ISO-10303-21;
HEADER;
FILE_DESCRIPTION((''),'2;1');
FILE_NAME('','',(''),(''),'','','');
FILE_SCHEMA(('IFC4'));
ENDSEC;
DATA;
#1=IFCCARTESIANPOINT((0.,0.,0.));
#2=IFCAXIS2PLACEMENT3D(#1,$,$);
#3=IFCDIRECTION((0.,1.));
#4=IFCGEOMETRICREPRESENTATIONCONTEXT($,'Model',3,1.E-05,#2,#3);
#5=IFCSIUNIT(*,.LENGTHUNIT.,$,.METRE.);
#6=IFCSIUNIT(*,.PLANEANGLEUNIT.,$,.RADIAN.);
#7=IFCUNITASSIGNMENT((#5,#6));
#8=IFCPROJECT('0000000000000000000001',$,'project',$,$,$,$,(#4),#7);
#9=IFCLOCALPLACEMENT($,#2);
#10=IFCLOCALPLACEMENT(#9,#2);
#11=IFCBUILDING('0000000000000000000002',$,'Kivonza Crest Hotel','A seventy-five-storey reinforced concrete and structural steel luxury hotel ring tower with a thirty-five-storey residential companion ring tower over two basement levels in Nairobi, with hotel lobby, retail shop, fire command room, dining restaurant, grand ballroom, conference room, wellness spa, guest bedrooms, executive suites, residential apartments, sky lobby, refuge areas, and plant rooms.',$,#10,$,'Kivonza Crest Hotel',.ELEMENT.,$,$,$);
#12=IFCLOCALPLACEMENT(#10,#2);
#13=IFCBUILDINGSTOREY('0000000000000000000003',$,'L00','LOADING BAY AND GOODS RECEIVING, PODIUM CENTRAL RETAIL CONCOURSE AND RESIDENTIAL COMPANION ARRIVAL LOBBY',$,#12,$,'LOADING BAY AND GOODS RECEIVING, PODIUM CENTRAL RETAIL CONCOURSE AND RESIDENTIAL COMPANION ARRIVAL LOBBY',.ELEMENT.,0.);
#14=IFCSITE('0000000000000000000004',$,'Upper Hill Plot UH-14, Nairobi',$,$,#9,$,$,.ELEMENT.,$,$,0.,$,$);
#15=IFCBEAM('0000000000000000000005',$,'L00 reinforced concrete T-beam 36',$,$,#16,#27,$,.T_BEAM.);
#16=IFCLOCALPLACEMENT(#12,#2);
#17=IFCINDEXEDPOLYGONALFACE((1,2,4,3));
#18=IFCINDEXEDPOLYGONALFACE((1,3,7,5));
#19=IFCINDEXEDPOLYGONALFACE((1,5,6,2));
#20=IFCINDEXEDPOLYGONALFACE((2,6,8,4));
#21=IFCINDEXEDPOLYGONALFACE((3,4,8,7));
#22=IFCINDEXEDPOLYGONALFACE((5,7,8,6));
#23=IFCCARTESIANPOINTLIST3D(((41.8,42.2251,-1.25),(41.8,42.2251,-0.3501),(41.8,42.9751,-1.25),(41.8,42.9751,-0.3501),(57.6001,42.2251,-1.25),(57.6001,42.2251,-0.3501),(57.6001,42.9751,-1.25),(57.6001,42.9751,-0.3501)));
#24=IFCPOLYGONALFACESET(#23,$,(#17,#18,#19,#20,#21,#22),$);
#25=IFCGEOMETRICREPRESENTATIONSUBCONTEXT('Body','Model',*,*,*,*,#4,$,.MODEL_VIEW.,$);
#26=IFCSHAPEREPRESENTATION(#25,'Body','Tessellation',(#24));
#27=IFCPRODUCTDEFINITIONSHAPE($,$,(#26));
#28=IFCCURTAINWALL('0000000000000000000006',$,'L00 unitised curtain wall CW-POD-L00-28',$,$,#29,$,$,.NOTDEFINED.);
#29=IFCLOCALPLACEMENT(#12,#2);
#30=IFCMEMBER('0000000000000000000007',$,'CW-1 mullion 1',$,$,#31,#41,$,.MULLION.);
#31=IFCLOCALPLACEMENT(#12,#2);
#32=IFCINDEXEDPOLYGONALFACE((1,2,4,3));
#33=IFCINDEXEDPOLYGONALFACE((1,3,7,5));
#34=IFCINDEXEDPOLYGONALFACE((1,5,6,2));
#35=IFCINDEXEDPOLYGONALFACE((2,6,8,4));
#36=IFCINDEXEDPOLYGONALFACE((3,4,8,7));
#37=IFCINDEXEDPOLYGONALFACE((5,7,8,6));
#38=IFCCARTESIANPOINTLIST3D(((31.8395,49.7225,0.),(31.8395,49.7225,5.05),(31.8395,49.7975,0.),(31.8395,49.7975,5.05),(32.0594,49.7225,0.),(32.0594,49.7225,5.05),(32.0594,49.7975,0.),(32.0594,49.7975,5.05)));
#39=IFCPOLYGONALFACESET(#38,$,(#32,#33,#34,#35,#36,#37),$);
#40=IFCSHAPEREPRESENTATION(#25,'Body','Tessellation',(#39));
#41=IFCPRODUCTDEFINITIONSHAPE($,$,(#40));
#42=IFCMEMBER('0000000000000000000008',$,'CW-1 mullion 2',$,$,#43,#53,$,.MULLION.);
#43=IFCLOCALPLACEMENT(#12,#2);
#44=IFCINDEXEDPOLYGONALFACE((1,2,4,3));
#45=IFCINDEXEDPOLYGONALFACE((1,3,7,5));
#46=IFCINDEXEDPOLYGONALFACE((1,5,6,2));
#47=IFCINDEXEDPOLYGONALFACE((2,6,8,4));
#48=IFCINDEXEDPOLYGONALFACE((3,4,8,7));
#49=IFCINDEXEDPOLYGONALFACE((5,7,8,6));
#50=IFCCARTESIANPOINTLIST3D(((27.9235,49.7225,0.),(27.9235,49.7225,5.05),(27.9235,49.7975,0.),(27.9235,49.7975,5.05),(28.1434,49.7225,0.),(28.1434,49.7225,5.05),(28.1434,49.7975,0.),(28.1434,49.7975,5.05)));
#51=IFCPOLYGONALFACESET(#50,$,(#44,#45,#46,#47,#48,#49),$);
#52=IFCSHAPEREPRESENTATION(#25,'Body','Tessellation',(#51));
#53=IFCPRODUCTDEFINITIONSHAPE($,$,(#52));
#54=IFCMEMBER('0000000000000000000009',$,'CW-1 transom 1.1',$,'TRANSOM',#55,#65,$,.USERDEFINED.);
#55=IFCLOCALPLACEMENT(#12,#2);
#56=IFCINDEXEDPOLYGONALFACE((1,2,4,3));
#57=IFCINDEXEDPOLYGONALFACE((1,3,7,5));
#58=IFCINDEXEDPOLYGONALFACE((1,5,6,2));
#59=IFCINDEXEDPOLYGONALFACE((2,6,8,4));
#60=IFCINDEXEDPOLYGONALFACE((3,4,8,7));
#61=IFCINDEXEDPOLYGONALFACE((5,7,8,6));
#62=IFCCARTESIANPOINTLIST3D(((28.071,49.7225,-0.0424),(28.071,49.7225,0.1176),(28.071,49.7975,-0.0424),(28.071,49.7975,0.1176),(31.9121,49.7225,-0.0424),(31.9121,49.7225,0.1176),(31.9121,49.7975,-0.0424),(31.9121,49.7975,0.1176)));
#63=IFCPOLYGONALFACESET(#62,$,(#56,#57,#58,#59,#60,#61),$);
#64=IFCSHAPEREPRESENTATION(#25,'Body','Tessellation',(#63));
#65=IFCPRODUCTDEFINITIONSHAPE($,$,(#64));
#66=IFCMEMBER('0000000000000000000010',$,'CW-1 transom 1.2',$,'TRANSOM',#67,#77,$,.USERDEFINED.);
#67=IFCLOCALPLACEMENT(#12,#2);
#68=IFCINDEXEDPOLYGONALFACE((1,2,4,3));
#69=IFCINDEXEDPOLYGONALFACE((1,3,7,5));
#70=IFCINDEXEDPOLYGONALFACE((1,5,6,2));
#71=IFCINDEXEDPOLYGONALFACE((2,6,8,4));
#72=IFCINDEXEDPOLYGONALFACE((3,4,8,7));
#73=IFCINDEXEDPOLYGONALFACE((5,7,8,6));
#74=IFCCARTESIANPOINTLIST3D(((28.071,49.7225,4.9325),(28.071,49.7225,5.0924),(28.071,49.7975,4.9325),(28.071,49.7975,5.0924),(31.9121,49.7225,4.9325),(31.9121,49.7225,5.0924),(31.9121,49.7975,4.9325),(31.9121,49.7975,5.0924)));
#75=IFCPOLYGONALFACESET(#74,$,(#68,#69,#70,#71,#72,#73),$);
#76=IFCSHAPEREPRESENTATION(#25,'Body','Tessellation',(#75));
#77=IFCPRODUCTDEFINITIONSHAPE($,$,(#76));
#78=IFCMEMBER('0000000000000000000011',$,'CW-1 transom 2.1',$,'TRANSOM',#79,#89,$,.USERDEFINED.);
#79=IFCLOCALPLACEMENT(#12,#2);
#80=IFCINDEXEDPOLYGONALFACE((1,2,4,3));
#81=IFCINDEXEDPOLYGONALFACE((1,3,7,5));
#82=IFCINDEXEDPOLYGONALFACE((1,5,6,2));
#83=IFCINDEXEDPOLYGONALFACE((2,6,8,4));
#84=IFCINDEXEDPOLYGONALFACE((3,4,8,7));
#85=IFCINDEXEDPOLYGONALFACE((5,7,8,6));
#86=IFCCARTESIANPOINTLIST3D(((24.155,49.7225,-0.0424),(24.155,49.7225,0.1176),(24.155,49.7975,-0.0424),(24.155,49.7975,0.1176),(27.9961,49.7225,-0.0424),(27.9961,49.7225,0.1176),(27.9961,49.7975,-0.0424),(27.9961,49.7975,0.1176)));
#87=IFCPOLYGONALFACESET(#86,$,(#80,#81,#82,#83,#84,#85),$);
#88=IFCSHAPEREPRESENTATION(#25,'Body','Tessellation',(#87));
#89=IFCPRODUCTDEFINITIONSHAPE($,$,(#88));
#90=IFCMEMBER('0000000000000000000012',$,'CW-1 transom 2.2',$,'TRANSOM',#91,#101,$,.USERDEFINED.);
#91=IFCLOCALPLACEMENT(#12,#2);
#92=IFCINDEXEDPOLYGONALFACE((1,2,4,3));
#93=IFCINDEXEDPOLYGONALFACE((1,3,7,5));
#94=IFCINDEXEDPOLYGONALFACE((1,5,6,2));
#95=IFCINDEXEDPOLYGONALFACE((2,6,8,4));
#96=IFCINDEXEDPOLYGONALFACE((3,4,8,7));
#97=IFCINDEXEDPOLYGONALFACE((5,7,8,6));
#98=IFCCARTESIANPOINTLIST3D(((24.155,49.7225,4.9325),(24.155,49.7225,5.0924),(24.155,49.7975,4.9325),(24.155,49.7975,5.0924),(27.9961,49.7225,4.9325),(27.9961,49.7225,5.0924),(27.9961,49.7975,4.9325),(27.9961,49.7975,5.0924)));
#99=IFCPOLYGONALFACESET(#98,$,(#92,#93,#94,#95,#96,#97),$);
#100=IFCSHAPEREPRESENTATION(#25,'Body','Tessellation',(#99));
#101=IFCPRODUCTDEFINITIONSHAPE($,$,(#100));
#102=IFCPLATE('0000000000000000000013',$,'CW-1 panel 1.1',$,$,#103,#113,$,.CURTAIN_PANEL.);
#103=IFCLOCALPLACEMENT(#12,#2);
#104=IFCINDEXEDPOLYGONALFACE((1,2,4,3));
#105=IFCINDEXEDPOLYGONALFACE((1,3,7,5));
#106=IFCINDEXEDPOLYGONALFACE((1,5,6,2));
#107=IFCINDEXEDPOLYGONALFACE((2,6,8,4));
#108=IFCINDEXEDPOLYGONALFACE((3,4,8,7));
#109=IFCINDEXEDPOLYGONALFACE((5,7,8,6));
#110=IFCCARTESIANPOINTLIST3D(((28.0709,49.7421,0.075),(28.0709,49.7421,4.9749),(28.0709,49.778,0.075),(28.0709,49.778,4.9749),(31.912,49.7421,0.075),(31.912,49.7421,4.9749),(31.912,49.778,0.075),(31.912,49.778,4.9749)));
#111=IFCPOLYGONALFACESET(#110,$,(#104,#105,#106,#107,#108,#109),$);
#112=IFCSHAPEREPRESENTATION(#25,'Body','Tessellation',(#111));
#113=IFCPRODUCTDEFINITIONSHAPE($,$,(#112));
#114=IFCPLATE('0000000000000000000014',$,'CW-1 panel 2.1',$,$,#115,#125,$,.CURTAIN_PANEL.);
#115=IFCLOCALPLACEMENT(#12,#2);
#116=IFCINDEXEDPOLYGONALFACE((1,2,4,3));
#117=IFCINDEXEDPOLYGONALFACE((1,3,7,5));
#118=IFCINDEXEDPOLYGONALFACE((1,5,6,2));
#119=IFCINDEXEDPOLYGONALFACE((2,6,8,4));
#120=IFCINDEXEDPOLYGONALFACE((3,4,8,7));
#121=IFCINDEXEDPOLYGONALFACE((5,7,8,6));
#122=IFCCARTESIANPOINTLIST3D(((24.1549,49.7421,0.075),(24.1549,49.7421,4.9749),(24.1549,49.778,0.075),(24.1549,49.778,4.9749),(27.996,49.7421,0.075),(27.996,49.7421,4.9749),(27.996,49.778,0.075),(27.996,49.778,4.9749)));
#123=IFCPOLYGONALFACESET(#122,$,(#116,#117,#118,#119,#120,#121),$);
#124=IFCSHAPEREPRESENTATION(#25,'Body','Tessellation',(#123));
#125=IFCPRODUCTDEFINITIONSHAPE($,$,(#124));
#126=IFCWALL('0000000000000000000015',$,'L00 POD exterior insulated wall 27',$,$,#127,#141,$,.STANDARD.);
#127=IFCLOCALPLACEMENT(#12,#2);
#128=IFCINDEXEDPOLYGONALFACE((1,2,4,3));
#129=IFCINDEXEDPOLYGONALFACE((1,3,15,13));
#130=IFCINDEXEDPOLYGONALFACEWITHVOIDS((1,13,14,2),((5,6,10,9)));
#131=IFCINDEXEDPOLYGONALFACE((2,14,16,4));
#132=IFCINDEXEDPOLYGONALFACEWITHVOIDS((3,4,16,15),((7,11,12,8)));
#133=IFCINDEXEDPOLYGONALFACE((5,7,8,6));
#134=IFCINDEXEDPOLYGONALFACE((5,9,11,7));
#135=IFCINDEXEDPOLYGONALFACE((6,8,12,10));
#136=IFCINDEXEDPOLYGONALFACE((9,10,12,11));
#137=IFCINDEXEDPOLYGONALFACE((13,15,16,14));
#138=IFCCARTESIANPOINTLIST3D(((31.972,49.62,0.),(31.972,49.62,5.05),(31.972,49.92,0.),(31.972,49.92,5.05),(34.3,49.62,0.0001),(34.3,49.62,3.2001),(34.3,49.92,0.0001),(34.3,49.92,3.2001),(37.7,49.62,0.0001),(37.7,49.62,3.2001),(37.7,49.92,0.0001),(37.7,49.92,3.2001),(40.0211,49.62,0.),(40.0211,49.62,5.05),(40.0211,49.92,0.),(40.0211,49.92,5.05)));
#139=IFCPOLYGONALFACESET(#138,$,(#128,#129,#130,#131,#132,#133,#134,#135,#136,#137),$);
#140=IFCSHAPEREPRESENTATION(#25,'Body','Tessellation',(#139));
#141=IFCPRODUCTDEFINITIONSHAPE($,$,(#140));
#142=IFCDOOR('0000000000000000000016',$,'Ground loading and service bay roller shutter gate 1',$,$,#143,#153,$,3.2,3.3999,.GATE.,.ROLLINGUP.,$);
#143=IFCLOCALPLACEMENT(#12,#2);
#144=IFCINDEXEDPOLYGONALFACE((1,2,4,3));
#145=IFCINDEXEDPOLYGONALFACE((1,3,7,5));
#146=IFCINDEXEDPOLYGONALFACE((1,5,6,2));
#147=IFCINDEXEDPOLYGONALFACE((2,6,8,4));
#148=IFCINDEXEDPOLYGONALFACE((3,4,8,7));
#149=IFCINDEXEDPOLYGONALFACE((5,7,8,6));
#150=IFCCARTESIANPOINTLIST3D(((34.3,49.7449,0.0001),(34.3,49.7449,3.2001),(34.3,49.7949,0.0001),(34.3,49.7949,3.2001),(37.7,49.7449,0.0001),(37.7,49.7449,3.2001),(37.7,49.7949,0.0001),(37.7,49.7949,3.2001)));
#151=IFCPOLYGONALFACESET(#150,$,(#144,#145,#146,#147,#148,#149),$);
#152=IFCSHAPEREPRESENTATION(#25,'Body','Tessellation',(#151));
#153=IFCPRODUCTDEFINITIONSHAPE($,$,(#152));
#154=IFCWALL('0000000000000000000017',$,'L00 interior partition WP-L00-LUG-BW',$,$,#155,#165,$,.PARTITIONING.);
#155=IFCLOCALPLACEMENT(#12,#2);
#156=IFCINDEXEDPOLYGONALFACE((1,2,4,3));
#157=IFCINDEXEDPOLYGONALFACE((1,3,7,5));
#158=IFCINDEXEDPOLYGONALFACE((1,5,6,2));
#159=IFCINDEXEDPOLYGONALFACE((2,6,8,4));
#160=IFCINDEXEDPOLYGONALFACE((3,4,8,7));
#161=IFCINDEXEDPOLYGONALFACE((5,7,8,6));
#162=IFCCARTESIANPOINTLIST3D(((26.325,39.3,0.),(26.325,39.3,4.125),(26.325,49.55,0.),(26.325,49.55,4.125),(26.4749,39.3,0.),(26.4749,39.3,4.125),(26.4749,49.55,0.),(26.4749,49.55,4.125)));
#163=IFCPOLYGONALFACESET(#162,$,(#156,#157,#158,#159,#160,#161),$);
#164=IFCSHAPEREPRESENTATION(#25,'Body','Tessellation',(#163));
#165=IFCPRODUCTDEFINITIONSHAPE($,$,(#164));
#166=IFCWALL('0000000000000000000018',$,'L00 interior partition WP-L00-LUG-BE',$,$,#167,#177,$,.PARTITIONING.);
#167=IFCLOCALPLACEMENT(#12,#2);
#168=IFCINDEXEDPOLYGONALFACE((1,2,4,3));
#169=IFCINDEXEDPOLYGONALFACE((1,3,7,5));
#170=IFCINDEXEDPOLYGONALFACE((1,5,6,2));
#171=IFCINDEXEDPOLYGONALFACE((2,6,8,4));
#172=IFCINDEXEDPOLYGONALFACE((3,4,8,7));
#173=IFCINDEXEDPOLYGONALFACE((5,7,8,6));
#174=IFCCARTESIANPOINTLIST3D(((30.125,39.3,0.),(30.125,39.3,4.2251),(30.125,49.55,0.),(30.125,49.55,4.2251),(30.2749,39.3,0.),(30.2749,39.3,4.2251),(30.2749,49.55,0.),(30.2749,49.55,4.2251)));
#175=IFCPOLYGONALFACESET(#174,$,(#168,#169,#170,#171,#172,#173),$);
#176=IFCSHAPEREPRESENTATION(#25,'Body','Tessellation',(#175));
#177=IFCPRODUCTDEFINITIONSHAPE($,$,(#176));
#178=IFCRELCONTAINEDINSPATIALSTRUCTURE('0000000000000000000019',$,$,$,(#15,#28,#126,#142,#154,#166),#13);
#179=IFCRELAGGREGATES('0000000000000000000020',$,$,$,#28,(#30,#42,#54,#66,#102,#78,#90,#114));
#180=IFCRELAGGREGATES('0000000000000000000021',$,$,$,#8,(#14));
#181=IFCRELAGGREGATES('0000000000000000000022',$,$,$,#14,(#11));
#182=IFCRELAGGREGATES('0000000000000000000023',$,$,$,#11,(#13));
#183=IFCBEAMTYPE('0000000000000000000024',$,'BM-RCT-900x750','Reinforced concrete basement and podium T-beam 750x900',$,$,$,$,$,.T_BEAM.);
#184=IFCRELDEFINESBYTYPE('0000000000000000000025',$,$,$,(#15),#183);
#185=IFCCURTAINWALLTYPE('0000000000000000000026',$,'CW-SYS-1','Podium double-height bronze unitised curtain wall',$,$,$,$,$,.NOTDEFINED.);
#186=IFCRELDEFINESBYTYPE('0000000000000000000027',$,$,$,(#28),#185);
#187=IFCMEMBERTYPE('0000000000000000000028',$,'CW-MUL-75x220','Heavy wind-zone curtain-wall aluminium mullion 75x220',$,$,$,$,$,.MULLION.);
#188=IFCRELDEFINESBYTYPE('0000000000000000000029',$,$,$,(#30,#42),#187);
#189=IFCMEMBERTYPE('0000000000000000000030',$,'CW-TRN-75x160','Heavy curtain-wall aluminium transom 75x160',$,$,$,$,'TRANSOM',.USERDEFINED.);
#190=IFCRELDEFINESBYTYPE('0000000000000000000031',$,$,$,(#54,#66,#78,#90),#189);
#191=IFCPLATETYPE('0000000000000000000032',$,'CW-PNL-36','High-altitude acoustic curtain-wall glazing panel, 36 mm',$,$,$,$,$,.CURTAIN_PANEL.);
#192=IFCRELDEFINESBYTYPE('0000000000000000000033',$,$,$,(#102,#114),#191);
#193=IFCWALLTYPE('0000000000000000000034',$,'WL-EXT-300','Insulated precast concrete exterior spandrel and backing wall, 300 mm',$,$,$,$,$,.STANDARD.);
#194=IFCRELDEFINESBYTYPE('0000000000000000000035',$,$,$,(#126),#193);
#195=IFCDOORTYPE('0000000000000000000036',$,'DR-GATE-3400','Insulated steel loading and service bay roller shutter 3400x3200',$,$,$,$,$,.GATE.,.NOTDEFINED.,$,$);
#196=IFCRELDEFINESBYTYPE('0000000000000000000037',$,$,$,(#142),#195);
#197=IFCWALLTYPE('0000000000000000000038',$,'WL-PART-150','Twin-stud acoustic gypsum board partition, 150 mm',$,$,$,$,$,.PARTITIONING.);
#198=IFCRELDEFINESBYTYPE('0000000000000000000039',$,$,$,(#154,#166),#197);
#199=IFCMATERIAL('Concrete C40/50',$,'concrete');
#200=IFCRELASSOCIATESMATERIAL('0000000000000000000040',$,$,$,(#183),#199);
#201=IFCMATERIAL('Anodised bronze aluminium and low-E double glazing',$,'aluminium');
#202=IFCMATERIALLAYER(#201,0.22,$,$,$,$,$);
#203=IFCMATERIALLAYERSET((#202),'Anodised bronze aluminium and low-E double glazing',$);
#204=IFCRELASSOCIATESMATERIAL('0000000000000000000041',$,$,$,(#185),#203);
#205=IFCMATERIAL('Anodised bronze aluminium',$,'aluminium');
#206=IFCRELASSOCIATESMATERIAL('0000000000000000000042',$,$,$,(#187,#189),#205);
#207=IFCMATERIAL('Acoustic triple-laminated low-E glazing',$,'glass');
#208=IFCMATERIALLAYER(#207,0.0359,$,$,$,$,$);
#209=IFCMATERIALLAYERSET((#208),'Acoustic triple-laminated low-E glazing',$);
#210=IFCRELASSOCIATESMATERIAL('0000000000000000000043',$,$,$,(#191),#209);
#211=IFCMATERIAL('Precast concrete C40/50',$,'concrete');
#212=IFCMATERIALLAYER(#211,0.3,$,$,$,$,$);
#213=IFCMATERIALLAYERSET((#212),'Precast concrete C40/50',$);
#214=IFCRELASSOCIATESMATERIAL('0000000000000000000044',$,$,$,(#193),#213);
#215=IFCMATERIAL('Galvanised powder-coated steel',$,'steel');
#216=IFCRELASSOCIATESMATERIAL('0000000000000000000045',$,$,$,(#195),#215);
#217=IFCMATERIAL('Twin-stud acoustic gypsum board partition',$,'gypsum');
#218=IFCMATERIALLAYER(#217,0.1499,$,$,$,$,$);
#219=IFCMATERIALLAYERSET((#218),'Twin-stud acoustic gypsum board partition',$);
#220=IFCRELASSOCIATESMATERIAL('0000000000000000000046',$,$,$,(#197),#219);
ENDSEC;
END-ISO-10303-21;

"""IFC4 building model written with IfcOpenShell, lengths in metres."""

from ifc_helpers import new_model, si_unit, direction, frame, frame_2d, origin, origin_2d, place, context, subcontext, project, spatial, rectangle, extrude, material, layer, layer_set, material_profile, profile_set, type_object, element, fill, aggregate, save


model = new_model("IFC4")

# Units and contexts
model_context = context("Model", 3, precision=1e-05, world=origin(), true_north=direction((0.0, 1.0)))
body_context = subcontext(model_context, "Body", "Model", "MODEL_VIEW")
ifc_project = project(units=[si_unit("LENGTHUNIT", "METRE"), si_unit("PLANEANGLEUNIT", "RADIAN")], contexts=[model_context])

# Site, building, storey
site_placement = place(None, origin())
site = spatial("IfcSite", under=ifc_project, at=site_placement, Name="Upper Hill Plot UH-14, Nairobi", CompositionType="ELEMENT", RefElevation=0.0)
building_placement = place(site_placement, origin())
building = spatial("IfcBuilding", under=site, at=building_placement, Name="Kivonza Crest Hotel", Description="A seventy-five-storey reinforced concrete and structural steel luxury hotel ring tower with a thirty-five-storey residential companion ring tower over two basement levels in Nairobi, with hotel lobby, retail shop, fire command room, dining restaurant, grand ballroom, conference room, wellness spa, guest bedrooms, executive suites, residential apartments, sky lobby, refuge areas, and plant rooms.", LongName="Kivonza Crest Hotel", CompositionType="ELEMENT")
storey_placement = place(building_placement, origin())
storey = spatial("IfcBuildingStorey", under=building, at=storey_placement, Name="L00", Description="LOADING BAY AND GOODS RECEIVING, PODIUM CENTRAL RETAIL CONCOURSE AND RESIDENTIAL COMPANION ARRIVAL LOBBY", LongName="LOADING BAY AND GOODS RECEIVING, PODIUM CENTRAL RETAIL CONCOURSE AND RESIDENTIAL COMPANION ARRIVAL LOBBY", CompositionType="ELEMENT", Elevation=0.0)

# Beam
ifc_material_1 = material(Name="Concrete C40/50", Category="concrete")
ifc_material_profile_1 = material_profile(ifc_material_1, rectangle(XDim=0.75, YDim=0.8999, at=origin_2d()), Name="RC 900x750")
ifc_profile_set_1 = profile_set([ifc_material_profile_1], Name="Concrete C40/50")
beam_type_1 = type_object("IfcBeamType", Name="BM-RCT-900x750", Description="Reinforced concrete basement and podium T-beam 750x900", PredefinedType="T_BEAM", material=ifc_profile_set_1)
beam_1_placement = place(storey_placement, frame((41.8, 42.6001, -0.8), z_axis=(1.0, 0.0, 0.0), x_axis=(0.0, 1.0, 0.0)))
element("IfcBeam", 1, at=beam_1_placement, inside=storey, type_object=beam_type_1, Name="L00 reinforced concrete T-beam 36", PredefinedType="T_BEAM", context=body_context, shape_type="SweptSolid", body=[
    extrude(rectangle(XDim=0.75, YDim=0.8999, at=origin_2d()), origin(), (0.0, 0.0, 1.0), 15.8),
])

# Curtain wall, members, plates
ifc_material_2 = material(Name="Anodised bronze aluminium and low-E double glazing", Category="aluminium")
ifc_layer_1 = layer(ifc_material_2, 0.22)
ifc_layer_set_1 = layer_set([ifc_layer_1], Name="Anodised bronze aluminium and low-E double glazing")
curtain_wall_type = type_object("IfcCurtainWallType", Name="CW-SYS-1", Description="Podium double-height bronze unitised curtain wall", PredefinedType="NOTDEFINED", material=ifc_layer_set_1)
curtain_wall_placement = place(storey_placement, origin())
curtain_wall = element("IfcCurtainWall", 2, at=curtain_wall_placement, inside=storey, type_object=curtain_wall_type, Name="L00 unitised curtain wall CW-POD-L00-28", PredefinedType="NOTDEFINED")
ifc_material_3 = material(Name="Anodised bronze aluminium", Category="aluminium")
ifc_material_profile_2 = material_profile(ifc_material_3, rectangle(XDim=0.075, YDim=0.22, at=origin_2d()), Name="CW-M 75x220")
ifc_profile_set_2 = profile_set([ifc_material_profile_2], Name="Anodised bronze aluminium")
member_type_1 = type_object("IfcMemberType", Name="CW-MUL-75x220", Description="Heavy wind-zone curtain-wall aluminium mullion 75x220", PredefinedType="MULLION", material=ifc_profile_set_2)
member_1_placement = place(storey_placement, frame((31.9495, 49.76, 0.0), z_axis=(0.0, 0.0, 1.0), x_axis=(0.0, -1.0, 0.0)))
member_1 = element("IfcMember", 3, at=member_1_placement, type_object=member_type_1, Name="CW-1 mullion 1", PredefinedType="MULLION", context=body_context, shape_type="SweptSolid", body=[
    extrude(rectangle(XDim=0.075, YDim=0.22, at=origin_2d()), origin(), (0.0, 0.0, 1.0), 5.05),
])
member_2_placement = place(storey_placement, frame((28.0334, 49.76, 0.0), z_axis=(0.0, 0.0, 1.0), x_axis=(0.0, -1.0, 0.0)))
member_2 = element("IfcMember", 4, at=member_2_placement, type_object=member_type_1, Name="CW-1 mullion 2", PredefinedType="MULLION", context=body_context, shape_type="SweptSolid", body=[
    extrude(rectangle(XDim=0.075, YDim=0.22, at=origin_2d()), origin(), (0.0, 0.0, 1.0), 5.05),
])
ifc_material_profile_3 = material_profile(ifc_material_3, rectangle(XDim=0.075, YDim=0.1599, at=origin_2d()), Name="CW-T 75x160")
ifc_profile_set_3 = profile_set([ifc_material_profile_3], Name="Anodised bronze aluminium")
member_type_2 = type_object("IfcMemberType", Name="CW-TRN-75x160", Description="Heavy curtain-wall aluminium transom 75x160", ElementType="TRANSOM", PredefinedType="USERDEFINED", material=ifc_profile_set_3)
member_3_placement = place(storey_placement, frame((31.9121, 49.76, 0.0376), z_axis=(-1.0, 0.0, 0.0), x_axis=(0.0, -1.0, 0.0)))
member_3 = element("IfcMember", 5, at=member_3_placement, type_object=member_type_2, Name="CW-1 transom 1.1", ObjectType="TRANSOM", PredefinedType="USERDEFINED", context=body_context, shape_type="SweptSolid", body=[
    extrude(rectangle(XDim=0.075, YDim=0.1599, at=origin_2d()), origin(), (0.0, 0.0, 1.0), 3.8411),
])
member_4_placement = place(storey_placement, frame((31.9121, 49.76, 5.0125), z_axis=(-1.0, 0.0, 0.0), x_axis=(0.0, -1.0, 0.0)))
member_4 = element("IfcMember", 6, at=member_4_placement, type_object=member_type_2, Name="CW-1 transom 1.2", ObjectType="TRANSOM", PredefinedType="USERDEFINED", context=body_context, shape_type="SweptSolid", body=[
    extrude(rectangle(XDim=0.075, YDim=0.1599, at=origin_2d()), origin(), (0.0, 0.0, 1.0), 3.8411),
])
member_5_placement = place(storey_placement, frame((27.9961, 49.76, 0.0376), z_axis=(-1.0, 0.0, 0.0), x_axis=(0.0, -1.0, 0.0)))
member_5 = element("IfcMember", 7, at=member_5_placement, type_object=member_type_2, Name="CW-1 transom 2.1", ObjectType="TRANSOM", PredefinedType="USERDEFINED", context=body_context, shape_type="SweptSolid", body=[
    extrude(rectangle(XDim=0.075, YDim=0.1599, at=origin_2d()), origin(), (0.0, 0.0, 1.0), 3.8411),
])
member_6_placement = place(storey_placement, frame((27.9961, 49.76, 5.0125), z_axis=(-1.0, 0.0, 0.0), x_axis=(0.0, -1.0, 0.0)))
member_6 = element("IfcMember", 8, at=member_6_placement, type_object=member_type_2, Name="CW-1 transom 2.2", ObjectType="TRANSOM", PredefinedType="USERDEFINED", context=body_context, shape_type="SweptSolid", body=[
    extrude(rectangle(XDim=0.075, YDim=0.1599, at=origin_2d()), origin(), (0.0, 0.0, 1.0), 3.8411),
])
ifc_material_4 = material(Name="Acoustic triple-laminated low-E glazing", Category="glass")
ifc_layer_2 = layer(ifc_material_4, 0.0359)
ifc_layer_set_2 = layer_set([ifc_layer_2], Name="Acoustic triple-laminated low-E glazing")
plate_type = type_object("IfcPlateType", Name="CW-PNL-36", Description="High-altitude acoustic curtain-wall glazing panel, 36 mm", PredefinedType="CURTAIN_PANEL", material=ifc_layer_set_2)
plate_1_placement = place(storey_placement, frame((29.9915, 49.76, 0.075), z_axis=(0.0, 0.0, 1.0), x_axis=(-1.0, 0.0, 0.0)))
plate_1 = element("IfcPlate", 9, at=plate_1_placement, type_object=plate_type, Name="CW-1 panel 1.1", PredefinedType="CURTAIN_PANEL", context=body_context, shape_type="SweptSolid", body=[
    extrude(rectangle(XDim=3.8411, YDim=0.0359, at=origin_2d()), origin(), (0.0, 0.0, 1.0), 4.8999),
])
plate_2_placement = place(storey_placement, frame((26.0754, 49.76, 0.075), z_axis=(0.0, 0.0, 1.0), x_axis=(-1.0, 0.0, 0.0)))
plate_2 = element("IfcPlate", 10, at=plate_2_placement, type_object=plate_type, Name="CW-1 panel 2.1", PredefinedType="CURTAIN_PANEL", context=body_context, shape_type="SweptSolid", body=[
    extrude(rectangle(XDim=3.8411, YDim=0.0359, at=origin_2d()), origin(), (0.0, 0.0, 1.0), 4.8999),
])
aggregate(curtain_wall, [member_1, member_2, member_3, member_4, plate_1, member_5, member_6, plate_2])

# Wall, opening, door
ifc_material_5 = material(Name="Precast concrete C40/50", Category="concrete")
ifc_layer_3 = layer(ifc_material_5, 0.3)
ifc_layer_set_3 = layer_set([ifc_layer_3], Name="Precast concrete C40/50")
wall_type_1 = type_object("IfcWallType", Name="WL-EXT-300", Description="Insulated precast concrete exterior spandrel and backing wall, 300 mm", PredefinedType="STANDARD", material=ifc_layer_set_3)
wall_1_placement = place(storey_placement, frame((40.021, 49.77, 0.0), z_axis=(0.0, 0.0, 1.0), x_axis=(-1.0, 0.0, 0.0)))
wall_1 = element("IfcWall", 11, at=wall_1_placement, inside=storey, type_object=wall_type_1, Name="L00 POD exterior insulated wall 27", PredefinedType="STANDARD", context=body_context, shape_type="SweptSolid", body=[
    extrude(rectangle(XDim=8.0491, YDim=0.3, at=frame_2d((4.0244, 0.0))), origin(), (0.0, 0.0, 1.0), 5.05),
])
opening_placement = place(wall_1_placement, frame((2.321, 0.0, 0.0)))
opening = element("IfcOpeningElement", 12, at=opening_placement, cuts=wall_1, PredefinedType="OPENING", context=body_context, shape_type="SweptSolid", body=[
    extrude(rectangle(XDim=3.3999, YDim=3.2, at=frame_2d((1.7, 1.6001))), frame((0.0, 0.1602, 0.0), z_axis=(0.0, -1.0, 0.0), x_axis=(1.0, 0.0, 0.0)), (0.0, 0.0, 1.0), 0.3201),
])
ifc_material_6 = material(Name="Galvanised powder-coated steel", Category="steel")
door_type = type_object("IfcDoorType", Name="DR-GATE-3400", Description="Insulated steel loading and service bay roller shutter 3400x3200", OperationType="NOTDEFINED", PredefinedType="GATE", material=ifc_material_6)
door_placement = place(opening_placement, frame((3.3999, 0.0, 0.0), z_axis=(0.0, 0.0, 1.0), x_axis=(-1.0, 0.0, 0.0)))
door = element("IfcDoor", 13, at=door_placement, inside=storey, type_object=door_type, Name="Ground loading and service bay roller shutter gate 1", OperationType="ROLLINGUP", OverallHeight=3.2, OverallWidth=3.3999, PredefinedType="GATE", context=body_context, shape_type="SweptSolid", body=[
    extrude(rectangle(XDim=3.3999, YDim=3.2, at=frame_2d((1.7, 1.6001))), frame((0.0, 0.0249, 0.0), z_axis=(0.0, -1.0, 0.0), x_axis=(1.0, 0.0, 0.0)), (0.0, 0.0, 1.0), 0.05),
])
fill(opening, door)

# Walls
ifc_material_7 = material(Name="Twin-stud acoustic gypsum board partition", Category="gypsum")
ifc_layer_4 = layer(ifc_material_7, 0.1499)
ifc_layer_set_4 = layer_set([ifc_layer_4], Name="Twin-stud acoustic gypsum board partition")
wall_type_2 = type_object("IfcWallType", Name="WL-PART-150", Description="Twin-stud acoustic gypsum board partition, 150 mm", PredefinedType="PARTITIONING", material=ifc_layer_set_4)
wall_2_placement = place(storey_placement, frame((26.3999, 39.3, 0.0), z_axis=(0.0, 0.0, 1.0), x_axis=(0.0, 1.0, 0.0)))
element("IfcWall", 14, at=wall_2_placement, inside=storey, type_object=wall_type_2, Name="L00 interior partition WP-L00-LUG-BW", PredefinedType="PARTITIONING", context=body_context, shape_type="SweptSolid", body=[
    extrude(rectangle(XDim=10.25, YDim=0.1499, at=frame_2d((5.125, 0.0))), origin(), (0.0, 0.0, 1.0), 4.125),
])
for number, where, z_axis, x_axis, name in (
    (15, (30.2, 39.3, 0.0), (0.0, 0.0, 1.0), (0.0, 1.0, 0.0), "L00 interior partition WP-L00-LUG-BE"),
):
    element("IfcWall", number, at=place(storey_placement, frame(where, z_axis=z_axis, x_axis=x_axis)), inside=storey, type_object=wall_type_2, Name=name, PredefinedType="PARTITIONING", context=body_context, shape_type="SweptSolid", body=[
        extrude(rectangle(XDim=10.25, YDim=0.1499, at=frame_2d((5.125, 0.0))), origin(), (0.0, 0.0, 1.0), 4.2251),
    ])

save(model, "model.ifc")
